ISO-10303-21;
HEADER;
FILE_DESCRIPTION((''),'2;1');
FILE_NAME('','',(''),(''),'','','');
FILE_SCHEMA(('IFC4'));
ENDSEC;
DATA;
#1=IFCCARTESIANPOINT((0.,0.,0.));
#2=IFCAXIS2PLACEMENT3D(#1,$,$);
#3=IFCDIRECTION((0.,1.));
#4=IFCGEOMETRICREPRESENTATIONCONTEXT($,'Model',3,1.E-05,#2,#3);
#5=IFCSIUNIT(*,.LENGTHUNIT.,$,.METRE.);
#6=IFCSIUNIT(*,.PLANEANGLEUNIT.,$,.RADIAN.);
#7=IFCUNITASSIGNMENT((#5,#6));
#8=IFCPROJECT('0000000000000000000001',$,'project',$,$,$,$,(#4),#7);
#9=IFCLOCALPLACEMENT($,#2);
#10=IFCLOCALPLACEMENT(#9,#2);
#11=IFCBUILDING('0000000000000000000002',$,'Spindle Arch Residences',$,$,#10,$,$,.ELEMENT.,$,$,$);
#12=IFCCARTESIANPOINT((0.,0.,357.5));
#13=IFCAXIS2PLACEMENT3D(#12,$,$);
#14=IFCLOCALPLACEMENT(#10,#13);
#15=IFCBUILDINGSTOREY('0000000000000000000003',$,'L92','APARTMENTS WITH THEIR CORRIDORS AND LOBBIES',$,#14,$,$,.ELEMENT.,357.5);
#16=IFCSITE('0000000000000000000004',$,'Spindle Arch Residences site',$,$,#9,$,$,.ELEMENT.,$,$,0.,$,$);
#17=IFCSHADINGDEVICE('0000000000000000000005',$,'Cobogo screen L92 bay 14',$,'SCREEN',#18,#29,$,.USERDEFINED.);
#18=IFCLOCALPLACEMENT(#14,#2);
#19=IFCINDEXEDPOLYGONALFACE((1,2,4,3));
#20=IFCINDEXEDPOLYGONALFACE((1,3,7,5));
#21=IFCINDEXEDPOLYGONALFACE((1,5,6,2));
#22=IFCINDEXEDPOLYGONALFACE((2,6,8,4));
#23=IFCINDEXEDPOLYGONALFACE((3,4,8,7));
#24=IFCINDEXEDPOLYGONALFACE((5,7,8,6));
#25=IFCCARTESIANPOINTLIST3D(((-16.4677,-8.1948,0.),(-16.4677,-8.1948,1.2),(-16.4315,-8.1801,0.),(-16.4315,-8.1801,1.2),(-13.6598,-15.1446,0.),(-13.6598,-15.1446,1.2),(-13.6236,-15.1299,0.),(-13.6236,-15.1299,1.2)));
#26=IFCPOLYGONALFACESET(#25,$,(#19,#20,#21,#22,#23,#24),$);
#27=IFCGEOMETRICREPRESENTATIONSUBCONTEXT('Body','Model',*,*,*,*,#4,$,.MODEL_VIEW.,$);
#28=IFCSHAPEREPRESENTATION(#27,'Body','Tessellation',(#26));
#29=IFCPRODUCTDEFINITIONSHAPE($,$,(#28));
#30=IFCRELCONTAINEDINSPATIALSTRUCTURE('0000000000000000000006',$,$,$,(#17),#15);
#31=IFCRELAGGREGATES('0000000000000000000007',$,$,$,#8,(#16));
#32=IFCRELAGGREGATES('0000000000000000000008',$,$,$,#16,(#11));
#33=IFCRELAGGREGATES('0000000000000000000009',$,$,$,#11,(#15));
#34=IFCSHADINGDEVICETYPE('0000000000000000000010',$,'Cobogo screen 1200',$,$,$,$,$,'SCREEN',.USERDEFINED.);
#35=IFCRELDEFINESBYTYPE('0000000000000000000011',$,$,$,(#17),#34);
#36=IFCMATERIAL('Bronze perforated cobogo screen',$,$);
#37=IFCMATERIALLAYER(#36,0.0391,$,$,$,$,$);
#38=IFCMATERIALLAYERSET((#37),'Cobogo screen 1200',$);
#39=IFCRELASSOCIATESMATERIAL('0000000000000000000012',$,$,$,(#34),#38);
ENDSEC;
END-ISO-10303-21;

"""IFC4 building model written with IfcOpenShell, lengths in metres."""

from ifc_helpers import new_model, si_unit, direction, frame, origin, origin_2d, place, context, subcontext, project, spatial, rectangle, extrude, material, layer, layer_set, type_object, element, save


model = new_model("IFC4")

# Units and contexts
model_context = context("Model", 3, precision=1e-05, world=origin(), true_north=direction((0.0, 1.0)))
body_context = subcontext(model_context, "Body", "Model", "MODEL_VIEW")
ifc_project = project(units=[si_unit("LENGTHUNIT", "METRE"), si_unit("PLANEANGLEUNIT", "RADIAN")], contexts=[model_context])

# Site, building, storey
site_placement = place(None, origin())
site = spatial("IfcSite", under=ifc_project, at=site_placement, Name="Spindle Arch Residences site", CompositionType="ELEMENT", RefElevation=0.0)
building_placement = place(site_placement, origin())
building = spatial("IfcBuilding", under=site, at=building_placement, Name="Spindle Arch Residences", CompositionType="ELEMENT")
storey_placement = place(building_placement, frame((0.0, 0.0, 357.5)))
storey = spatial("IfcBuildingStorey", under=building, at=storey_placement, Name="L92", Description="APARTMENTS WITH THEIR CORRIDORS AND LOBBIES", CompositionType="ELEMENT", Elevation=357.5)

# Shading device
ifc_material_1 = material(Name="Bronze perforated cobogo screen")
ifc_layer_1 = layer(ifc_material_1, 0.0391)
ifc_layer_set_1 = layer_set([ifc_layer_1], Name="Cobogo screen 1200")
shading_device_type = type_object("IfcShadingDeviceType", Name="Cobogo screen 1200", ElementType="SCREEN", PredefinedType="USERDEFINED", material=ifc_layer_set_1)
shading_device_placement = place(storey_placement, frame((-15.0457, -11.6624, 0.0), z_axis=(0.0, 0.0, 1.0), x_axis=(0.374607, -0.927184, 0.0)))
element("IfcShadingDevice", 1, at=shading_device_placement, inside=storey, type_object=shading_device_type, Name="Cobogo screen L92 bay 14", ObjectType="SCREEN", PredefinedType="USERDEFINED", context=body_context, shape_type="SweptSolid", body=[
    extrude(rectangle(XDim=7.4956, YDim=0.0391, at=origin_2d()), origin(), (0.0, 0.0, 1.0), 1.2),
])

save(model, "model.ifc")
